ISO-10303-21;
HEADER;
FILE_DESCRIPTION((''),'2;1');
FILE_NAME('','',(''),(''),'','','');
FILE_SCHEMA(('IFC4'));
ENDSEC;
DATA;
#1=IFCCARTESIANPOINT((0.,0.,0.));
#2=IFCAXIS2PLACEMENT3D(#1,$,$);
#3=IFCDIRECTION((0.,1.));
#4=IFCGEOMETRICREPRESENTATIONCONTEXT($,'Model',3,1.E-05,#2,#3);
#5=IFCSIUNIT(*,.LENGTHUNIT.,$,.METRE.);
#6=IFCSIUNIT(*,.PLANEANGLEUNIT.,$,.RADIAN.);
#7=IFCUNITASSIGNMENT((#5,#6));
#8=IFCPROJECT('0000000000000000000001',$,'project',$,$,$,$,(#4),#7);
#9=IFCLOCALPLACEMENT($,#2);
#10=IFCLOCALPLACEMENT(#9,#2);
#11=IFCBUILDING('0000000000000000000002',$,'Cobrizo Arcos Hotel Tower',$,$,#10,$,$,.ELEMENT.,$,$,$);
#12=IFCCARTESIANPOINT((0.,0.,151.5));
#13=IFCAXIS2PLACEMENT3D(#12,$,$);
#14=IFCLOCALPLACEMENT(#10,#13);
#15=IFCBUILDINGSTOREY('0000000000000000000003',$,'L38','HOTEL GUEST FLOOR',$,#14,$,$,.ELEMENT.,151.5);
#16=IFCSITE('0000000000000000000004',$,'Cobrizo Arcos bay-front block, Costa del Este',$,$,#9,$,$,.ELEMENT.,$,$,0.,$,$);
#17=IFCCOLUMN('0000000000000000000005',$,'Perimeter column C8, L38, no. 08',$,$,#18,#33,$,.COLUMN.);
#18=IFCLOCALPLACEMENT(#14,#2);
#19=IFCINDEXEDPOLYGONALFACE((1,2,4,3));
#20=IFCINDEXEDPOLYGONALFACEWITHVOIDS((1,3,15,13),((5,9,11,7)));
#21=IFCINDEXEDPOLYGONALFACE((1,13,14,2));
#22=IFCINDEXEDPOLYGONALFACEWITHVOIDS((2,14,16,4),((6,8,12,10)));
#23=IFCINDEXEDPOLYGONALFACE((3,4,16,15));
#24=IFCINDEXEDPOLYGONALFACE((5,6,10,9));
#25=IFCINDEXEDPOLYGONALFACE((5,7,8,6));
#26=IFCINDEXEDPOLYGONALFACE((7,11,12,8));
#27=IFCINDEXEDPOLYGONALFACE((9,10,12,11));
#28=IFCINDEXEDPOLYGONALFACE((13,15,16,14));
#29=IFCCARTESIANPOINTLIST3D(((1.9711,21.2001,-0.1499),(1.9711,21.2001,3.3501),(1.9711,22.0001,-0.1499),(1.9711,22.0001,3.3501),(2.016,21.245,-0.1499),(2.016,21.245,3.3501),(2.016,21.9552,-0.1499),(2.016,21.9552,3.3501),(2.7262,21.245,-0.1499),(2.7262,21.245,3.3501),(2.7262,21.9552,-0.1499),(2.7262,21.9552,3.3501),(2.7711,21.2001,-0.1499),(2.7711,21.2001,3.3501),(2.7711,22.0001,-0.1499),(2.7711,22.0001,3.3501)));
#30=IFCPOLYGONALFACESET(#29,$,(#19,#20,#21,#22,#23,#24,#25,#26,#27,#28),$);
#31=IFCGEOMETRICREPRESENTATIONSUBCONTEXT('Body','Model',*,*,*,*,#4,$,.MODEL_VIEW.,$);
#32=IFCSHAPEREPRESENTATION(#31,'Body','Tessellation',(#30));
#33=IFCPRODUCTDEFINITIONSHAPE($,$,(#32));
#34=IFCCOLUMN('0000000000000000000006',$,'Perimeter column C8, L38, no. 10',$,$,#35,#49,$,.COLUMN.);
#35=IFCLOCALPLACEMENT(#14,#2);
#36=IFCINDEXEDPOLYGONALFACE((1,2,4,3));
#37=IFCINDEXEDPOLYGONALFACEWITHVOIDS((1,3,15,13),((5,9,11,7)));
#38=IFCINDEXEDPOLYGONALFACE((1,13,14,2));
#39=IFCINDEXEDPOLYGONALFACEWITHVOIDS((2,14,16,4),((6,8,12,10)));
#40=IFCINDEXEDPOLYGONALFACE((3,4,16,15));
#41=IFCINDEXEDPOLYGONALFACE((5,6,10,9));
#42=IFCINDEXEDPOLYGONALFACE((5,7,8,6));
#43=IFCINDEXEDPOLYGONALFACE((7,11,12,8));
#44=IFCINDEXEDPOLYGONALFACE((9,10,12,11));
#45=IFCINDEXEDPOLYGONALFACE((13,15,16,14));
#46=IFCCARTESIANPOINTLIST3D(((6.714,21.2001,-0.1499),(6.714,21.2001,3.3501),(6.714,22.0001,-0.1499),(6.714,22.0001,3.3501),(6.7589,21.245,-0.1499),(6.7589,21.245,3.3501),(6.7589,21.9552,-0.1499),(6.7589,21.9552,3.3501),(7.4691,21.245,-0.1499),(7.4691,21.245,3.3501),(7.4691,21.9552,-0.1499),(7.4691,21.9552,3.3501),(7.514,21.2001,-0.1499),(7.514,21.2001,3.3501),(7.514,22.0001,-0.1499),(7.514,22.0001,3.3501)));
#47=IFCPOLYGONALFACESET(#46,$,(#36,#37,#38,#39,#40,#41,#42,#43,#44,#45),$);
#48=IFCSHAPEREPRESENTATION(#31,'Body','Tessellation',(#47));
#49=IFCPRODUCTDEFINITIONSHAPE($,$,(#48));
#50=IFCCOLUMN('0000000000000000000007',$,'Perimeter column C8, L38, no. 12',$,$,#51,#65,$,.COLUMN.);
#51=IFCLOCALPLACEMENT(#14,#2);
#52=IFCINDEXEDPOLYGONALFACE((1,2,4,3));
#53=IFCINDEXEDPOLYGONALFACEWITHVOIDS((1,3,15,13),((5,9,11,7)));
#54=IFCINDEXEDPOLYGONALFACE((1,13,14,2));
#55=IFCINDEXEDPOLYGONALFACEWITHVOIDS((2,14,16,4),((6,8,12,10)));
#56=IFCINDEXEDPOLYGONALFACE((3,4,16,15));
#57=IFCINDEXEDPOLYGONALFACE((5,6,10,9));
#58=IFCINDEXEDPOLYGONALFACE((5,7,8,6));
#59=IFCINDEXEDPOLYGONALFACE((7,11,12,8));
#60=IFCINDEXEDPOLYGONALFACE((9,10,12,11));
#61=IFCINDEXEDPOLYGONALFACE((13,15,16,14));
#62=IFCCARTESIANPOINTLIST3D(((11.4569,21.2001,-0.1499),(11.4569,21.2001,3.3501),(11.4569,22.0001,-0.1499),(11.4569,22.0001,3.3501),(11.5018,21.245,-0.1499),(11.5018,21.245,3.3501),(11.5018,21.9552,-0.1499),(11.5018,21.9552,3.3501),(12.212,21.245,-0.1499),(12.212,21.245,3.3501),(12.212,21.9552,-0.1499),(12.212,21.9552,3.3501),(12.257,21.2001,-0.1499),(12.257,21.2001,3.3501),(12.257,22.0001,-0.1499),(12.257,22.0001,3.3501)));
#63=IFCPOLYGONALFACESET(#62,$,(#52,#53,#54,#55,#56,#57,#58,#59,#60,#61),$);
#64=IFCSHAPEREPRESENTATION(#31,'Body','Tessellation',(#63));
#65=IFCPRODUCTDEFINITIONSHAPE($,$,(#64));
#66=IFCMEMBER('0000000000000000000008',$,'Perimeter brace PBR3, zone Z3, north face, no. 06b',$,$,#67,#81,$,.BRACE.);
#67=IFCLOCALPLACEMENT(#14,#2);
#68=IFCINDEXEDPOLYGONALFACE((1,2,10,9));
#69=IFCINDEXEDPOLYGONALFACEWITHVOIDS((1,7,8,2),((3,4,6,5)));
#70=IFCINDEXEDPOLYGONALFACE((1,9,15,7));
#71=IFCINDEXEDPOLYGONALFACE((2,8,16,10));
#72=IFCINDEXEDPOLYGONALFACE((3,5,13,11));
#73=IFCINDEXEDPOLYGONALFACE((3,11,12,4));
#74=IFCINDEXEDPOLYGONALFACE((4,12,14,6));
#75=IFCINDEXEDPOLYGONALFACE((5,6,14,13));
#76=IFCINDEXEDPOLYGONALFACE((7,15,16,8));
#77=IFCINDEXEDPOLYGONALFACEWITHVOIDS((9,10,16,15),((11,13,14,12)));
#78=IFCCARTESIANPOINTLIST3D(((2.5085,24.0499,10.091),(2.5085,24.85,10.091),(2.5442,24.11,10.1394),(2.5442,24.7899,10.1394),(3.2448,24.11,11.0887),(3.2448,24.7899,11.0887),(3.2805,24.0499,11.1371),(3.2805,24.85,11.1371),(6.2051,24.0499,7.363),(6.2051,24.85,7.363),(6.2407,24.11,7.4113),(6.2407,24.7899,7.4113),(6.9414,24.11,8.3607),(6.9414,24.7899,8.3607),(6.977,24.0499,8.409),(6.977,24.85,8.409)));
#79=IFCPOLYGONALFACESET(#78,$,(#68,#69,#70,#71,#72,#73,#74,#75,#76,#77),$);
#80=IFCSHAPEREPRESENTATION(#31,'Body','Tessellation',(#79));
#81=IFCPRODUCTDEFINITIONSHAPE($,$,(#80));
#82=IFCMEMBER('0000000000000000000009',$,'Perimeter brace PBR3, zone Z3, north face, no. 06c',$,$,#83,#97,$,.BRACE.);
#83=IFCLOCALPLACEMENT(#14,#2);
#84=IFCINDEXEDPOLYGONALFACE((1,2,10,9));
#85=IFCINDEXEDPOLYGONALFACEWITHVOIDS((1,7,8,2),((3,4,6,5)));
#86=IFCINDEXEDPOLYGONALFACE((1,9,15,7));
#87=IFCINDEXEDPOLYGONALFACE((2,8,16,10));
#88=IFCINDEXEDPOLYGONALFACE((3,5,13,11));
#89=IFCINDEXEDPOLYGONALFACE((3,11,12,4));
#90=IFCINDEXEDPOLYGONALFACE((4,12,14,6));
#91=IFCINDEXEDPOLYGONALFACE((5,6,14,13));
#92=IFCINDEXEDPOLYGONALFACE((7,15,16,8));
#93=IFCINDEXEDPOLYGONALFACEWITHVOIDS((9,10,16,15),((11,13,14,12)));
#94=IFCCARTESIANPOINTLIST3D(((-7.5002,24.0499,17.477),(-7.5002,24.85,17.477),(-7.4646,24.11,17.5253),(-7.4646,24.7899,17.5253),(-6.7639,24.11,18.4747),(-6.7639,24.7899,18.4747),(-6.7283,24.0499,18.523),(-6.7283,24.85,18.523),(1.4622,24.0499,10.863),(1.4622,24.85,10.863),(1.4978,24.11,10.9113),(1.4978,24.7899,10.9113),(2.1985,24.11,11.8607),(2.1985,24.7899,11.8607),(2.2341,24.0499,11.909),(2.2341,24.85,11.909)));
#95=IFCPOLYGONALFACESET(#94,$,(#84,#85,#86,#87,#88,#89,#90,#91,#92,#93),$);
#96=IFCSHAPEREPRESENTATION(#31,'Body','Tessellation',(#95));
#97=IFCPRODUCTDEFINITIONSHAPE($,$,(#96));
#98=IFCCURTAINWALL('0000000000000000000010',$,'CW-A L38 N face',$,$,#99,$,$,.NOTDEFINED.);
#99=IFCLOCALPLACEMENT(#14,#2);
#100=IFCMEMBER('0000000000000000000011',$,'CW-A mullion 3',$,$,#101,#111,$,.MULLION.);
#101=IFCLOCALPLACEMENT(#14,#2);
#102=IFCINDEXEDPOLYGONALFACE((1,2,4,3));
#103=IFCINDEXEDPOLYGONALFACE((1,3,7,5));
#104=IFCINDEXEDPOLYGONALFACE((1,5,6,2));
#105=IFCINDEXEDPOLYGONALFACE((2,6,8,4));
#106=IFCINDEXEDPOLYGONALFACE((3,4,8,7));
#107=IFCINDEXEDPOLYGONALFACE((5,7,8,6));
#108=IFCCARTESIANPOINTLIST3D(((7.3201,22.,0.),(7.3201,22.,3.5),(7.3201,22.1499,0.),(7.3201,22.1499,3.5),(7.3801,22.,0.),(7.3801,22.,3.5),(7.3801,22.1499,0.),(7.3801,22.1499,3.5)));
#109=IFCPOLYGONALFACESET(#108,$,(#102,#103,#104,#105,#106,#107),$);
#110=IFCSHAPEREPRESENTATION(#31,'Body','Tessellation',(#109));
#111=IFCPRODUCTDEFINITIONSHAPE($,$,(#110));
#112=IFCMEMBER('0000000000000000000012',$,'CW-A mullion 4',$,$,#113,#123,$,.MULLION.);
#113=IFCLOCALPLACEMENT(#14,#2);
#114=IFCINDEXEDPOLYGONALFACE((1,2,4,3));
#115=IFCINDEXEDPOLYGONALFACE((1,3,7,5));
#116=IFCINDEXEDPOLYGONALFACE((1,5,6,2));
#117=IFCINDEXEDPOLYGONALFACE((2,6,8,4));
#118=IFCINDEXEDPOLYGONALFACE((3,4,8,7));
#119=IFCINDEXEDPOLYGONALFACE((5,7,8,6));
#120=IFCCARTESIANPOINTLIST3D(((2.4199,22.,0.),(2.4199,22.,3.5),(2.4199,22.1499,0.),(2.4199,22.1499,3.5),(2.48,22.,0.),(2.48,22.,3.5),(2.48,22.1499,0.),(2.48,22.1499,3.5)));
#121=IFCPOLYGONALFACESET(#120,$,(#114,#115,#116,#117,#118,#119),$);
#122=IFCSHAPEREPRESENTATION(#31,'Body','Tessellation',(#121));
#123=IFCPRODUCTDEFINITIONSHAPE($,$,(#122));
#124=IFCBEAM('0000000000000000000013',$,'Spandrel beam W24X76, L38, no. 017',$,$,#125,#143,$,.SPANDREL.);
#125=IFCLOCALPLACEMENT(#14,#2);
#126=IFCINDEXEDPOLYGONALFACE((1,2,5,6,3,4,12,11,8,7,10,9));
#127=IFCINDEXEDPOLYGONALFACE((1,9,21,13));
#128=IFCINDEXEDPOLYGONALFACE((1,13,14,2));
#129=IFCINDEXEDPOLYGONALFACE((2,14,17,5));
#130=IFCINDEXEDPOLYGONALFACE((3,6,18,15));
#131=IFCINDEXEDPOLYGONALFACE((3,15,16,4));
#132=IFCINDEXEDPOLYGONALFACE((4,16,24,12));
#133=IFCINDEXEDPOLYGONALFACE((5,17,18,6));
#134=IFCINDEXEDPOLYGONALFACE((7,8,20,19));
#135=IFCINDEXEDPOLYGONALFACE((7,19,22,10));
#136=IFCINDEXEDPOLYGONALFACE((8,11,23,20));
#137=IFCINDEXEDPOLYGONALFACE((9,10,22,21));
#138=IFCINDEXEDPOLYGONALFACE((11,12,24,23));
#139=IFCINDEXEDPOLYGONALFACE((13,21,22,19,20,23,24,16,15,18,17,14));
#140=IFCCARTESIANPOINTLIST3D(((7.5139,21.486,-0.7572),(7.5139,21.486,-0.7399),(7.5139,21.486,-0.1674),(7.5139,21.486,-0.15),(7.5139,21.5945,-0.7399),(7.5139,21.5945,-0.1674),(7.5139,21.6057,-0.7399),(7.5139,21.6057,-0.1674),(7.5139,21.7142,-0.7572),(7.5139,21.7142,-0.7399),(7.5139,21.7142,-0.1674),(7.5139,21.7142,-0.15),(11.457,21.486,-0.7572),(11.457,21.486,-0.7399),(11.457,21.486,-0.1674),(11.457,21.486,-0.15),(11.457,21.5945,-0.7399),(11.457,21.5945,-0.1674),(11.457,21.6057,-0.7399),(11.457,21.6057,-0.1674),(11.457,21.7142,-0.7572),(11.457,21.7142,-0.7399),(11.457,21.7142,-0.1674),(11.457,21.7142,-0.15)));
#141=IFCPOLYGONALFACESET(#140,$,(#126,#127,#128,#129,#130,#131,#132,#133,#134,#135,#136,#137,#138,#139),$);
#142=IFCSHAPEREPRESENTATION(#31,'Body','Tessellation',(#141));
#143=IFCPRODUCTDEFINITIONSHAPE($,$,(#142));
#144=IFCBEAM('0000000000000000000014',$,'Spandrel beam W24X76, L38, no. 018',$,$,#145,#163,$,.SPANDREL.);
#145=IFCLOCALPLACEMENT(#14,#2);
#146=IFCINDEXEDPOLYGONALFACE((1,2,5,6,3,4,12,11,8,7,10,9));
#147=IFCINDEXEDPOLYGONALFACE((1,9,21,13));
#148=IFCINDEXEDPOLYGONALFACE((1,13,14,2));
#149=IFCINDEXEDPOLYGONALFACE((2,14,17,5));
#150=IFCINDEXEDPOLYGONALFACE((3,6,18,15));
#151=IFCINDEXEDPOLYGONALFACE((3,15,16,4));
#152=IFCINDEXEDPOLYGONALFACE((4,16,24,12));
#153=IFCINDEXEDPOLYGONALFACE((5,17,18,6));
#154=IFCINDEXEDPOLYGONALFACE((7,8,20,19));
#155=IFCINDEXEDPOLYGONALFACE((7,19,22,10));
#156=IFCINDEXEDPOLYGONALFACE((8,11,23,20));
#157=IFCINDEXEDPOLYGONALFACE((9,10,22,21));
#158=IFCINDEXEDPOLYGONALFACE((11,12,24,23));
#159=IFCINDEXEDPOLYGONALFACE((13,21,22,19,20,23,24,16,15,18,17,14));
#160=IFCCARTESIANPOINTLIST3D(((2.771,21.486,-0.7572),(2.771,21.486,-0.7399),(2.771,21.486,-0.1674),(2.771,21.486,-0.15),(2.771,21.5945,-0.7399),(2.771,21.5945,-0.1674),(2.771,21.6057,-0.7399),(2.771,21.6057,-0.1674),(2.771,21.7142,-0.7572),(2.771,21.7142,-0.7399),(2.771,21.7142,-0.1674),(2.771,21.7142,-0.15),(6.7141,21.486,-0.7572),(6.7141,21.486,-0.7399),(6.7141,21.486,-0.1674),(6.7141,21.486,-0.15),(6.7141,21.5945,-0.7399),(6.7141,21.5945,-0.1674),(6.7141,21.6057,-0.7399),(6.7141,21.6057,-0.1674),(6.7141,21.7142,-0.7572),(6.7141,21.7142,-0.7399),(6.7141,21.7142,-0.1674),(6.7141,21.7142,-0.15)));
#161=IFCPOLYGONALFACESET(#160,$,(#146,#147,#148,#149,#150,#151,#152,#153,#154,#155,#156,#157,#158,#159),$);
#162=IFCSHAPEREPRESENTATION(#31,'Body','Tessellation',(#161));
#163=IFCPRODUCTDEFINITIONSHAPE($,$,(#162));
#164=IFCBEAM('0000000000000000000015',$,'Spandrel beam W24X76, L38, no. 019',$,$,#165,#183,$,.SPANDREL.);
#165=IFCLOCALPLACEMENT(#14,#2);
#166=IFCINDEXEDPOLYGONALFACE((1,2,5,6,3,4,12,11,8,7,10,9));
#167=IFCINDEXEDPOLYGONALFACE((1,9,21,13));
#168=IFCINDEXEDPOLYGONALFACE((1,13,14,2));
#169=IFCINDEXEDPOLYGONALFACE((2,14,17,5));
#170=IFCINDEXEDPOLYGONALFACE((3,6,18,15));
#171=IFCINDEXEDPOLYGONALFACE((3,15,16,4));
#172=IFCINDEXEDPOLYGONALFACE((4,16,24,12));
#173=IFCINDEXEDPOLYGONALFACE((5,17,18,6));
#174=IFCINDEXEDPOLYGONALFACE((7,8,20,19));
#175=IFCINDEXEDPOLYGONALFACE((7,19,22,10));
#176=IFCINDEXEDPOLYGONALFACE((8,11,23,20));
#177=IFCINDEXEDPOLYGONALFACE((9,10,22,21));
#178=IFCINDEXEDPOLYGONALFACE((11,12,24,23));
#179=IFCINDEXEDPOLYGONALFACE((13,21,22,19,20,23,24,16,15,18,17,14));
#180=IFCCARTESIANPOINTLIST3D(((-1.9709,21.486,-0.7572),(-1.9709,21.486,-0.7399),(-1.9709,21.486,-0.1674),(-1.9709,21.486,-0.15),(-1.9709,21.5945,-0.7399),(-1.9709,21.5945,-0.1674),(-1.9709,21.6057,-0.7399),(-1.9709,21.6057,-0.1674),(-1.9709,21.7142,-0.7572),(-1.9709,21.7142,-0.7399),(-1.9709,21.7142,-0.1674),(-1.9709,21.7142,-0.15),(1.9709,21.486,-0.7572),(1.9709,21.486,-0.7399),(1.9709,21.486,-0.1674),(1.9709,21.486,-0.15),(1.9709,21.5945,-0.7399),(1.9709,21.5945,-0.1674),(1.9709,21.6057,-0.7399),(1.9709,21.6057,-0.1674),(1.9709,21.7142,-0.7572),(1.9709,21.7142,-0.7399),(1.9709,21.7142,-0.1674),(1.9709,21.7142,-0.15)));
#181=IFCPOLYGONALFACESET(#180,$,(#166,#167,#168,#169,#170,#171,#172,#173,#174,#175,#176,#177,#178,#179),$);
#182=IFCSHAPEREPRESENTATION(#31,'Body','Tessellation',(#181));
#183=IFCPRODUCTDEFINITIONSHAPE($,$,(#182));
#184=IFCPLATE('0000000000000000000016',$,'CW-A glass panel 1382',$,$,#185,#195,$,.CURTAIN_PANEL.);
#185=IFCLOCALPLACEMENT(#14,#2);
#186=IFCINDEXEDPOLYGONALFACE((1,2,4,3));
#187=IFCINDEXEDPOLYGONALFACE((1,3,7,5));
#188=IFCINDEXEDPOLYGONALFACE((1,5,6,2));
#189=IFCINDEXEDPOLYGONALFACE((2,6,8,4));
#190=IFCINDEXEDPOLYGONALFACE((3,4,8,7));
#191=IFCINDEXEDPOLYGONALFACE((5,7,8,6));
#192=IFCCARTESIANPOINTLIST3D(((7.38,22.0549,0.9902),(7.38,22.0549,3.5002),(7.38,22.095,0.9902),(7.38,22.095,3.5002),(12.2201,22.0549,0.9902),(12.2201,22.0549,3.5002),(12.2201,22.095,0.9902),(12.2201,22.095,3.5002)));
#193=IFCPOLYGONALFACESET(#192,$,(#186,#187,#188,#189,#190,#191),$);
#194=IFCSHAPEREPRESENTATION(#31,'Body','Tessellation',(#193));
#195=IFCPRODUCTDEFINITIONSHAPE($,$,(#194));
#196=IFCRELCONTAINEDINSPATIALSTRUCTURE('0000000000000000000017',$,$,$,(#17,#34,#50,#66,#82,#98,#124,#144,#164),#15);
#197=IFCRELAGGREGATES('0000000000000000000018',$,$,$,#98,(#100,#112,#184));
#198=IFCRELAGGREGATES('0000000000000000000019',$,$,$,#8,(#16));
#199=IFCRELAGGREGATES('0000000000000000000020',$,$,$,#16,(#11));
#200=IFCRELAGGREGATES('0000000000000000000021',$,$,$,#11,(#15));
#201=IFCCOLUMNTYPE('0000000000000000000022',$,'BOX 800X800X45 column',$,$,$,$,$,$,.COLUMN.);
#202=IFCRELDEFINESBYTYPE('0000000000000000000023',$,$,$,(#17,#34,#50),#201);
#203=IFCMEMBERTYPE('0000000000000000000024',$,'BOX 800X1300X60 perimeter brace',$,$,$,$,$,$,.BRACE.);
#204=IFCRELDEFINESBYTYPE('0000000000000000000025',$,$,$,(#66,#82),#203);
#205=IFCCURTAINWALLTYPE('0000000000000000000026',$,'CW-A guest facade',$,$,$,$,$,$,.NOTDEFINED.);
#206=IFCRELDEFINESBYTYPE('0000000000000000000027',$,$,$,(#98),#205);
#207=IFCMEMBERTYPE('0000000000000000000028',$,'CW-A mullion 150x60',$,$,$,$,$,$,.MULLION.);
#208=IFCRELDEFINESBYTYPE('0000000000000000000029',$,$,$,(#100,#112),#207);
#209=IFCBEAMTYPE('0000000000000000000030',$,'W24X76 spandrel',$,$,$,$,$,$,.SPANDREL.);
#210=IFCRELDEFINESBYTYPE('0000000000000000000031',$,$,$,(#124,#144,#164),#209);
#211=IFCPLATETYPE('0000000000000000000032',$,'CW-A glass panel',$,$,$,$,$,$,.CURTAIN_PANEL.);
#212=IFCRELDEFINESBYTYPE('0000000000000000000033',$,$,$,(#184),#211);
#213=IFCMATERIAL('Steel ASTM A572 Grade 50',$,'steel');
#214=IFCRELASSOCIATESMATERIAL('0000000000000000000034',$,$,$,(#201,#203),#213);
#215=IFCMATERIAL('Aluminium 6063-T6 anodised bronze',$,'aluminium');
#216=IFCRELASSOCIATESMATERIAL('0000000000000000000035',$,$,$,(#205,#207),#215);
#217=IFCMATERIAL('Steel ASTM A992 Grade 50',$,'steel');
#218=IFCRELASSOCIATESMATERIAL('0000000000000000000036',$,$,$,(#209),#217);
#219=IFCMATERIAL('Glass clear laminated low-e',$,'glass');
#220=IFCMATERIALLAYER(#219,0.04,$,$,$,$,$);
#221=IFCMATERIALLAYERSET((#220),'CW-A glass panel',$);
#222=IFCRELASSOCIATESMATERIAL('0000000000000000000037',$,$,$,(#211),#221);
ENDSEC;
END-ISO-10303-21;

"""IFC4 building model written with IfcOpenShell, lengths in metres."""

from ifc_helpers import new_model, si_unit, direction, frame, origin, origin_2d, place, context, subcontext, project, spatial, rectangle, hollow_rectangle, i_section, extrude, material, layer, layer_set, material_profile, profile_set, type_object, element, aggregate, save


model = new_model("IFC4")

# Units and contexts
model_context = context("Model", 3, precision=1e-05, world=origin(), true_north=direction((0.0, 1.0)))
body_context = subcontext(model_context, "Body", "Model", "MODEL_VIEW")
ifc_project = project(units=[si_unit("LENGTHUNIT", "METRE"), si_unit("PLANEANGLEUNIT", "RADIAN")], contexts=[model_context])

# Site, building, storey
site_placement = place(None, origin())
site = spatial("IfcSite", under=ifc_project, at=site_placement, Name="Cobrizo Arcos bay-front block, Costa del Este", CompositionType="ELEMENT", RefElevation=0.0)
building_placement = place(site_placement, origin())
building = spatial("IfcBuilding", under=site, at=building_placement, Name="Cobrizo Arcos Hotel Tower", CompositionType="ELEMENT")
storey_placement = place(building_placement, frame((0.0, 0.0, 151.5)))
storey = spatial("IfcBuildingStorey", under=building, at=storey_placement, Name="L38", Description="HOTEL GUEST FLOOR", CompositionType="ELEMENT", Elevation=151.5)

# Columns
ifc_material_1 = material(Name="Steel ASTM A572 Grade 50", Category="steel")
ifc_material_profile_1 = material_profile(ifc_material_1, hollow_rectangle(XDim=0.8, YDim=0.8, WallThickness=0.0449, at=origin_2d()), Name="BOX 800X800X45")
ifc_profile_set_1 = profile_set([ifc_material_profile_1], Name="Steel ASTM A572 Grade 50")
column_type = type_object("IfcColumnType", Name="BOX 800X800X45 column", PredefinedType="COLUMN", material=ifc_profile_set_1)
for number, where, z_axis, x_axis, name in (
    (1, (2.3711, 21.6001, -0.1499), (0.0, 0.0, 1.0), (1.0, 0.0, 0.0), "Perimeter column C8, L38, no. 08"),
    (2, (7.114, 21.6001, -0.1499), (0.0, 0.0, 1.0), (1.0, 0.0, 0.0), "Perimeter column C8, L38, no. 10"),
    (3, (11.8569, 21.6001, -0.1499), (0.0, 0.0, 1.0), (1.0, 0.0, 0.0), "Perimeter column C8, L38, no. 12"),
):
    element("IfcColumn", number, at=place(storey_placement, frame(where, z_axis=z_axis, x_axis=x_axis)), inside=storey, type_object=column_type, Name=name, PredefinedType="COLUMN", context=body_context, shape_type="SweptSolid", body=[
        extrude(hollow_rectangle(XDim=0.8, YDim=0.8, WallThickness=0.0449, at=origin_2d()), origin(), (0.0, 0.0, 1.0), 3.5),
    ])

# Members
ifc_material_profile_2 = material_profile(ifc_material_1, hollow_rectangle(XDim=0.8, YDim=1.3, WallThickness=0.0601, at=origin_2d()), Name="BOX 800X1300X60")
ifc_profile_set_2 = profile_set([ifc_material_profile_2], Name="Steel ASTM A572 Grade 50")
member_type_1 = type_object("IfcMemberType", Name="BOX 800X1300X60 perimeter brace", PredefinedType="BRACE", material=ifc_profile_set_2)
member_1_placement = place(storey_placement, frame((6.5911, 24.45, 7.886), z_axis=(-0.804612, 0.0, 0.593801), x_axis=(0.0, -1.0, 0.0)))
element("IfcMember", 4, at=member_1_placement, inside=storey, type_object=member_type_1, Name="Perimeter brace PBR3, zone Z3, north face, no. 06b", PredefinedType="BRACE", context=body_context, shape_type="SweptSolid", body=[
    extrude(hollow_rectangle(XDim=0.8, YDim=1.3, WallThickness=0.0601, at=origin_2d()), origin(), (0.0, 0.0, 1.0), 4.5942),
])
member_2_placement = place(storey_placement, frame((1.8481, 24.45, 11.386), z_axis=(-0.804621, 0.0, 0.593789), x_axis=(0.0, -1.0, 0.0)))
element("IfcMember", 5, at=member_2_placement, inside=storey, type_object=member_type_1, Name="Perimeter brace PBR3, zone Z3, north face, no. 06c", PredefinedType="BRACE", context=body_context, shape_type="SweptSolid", body=[
    extrude(hollow_rectangle(XDim=0.8, YDim=1.3, WallThickness=0.0601, at=origin_2d()), origin(), (0.0, 0.0, 1.0), 11.1387),
])

# Curtain wall, members
ifc_material_2 = material(Name="Aluminium 6063-T6 anodised bronze", Category="aluminium")
curtain_wall_type = type_object("IfcCurtainWallType", Name="CW-A guest facade", PredefinedType="NOTDEFINED", material=ifc_material_2)
curtain_wall_placement = place(storey_placement, origin())
curtain_wall = element("IfcCurtainWall", 6, at=curtain_wall_placement, inside=storey, type_object=curtain_wall_type, Name="CW-A L38 N face", PredefinedType="NOTDEFINED")
ifc_material_profile_3 = material_profile(ifc_material_2, rectangle(XDim=0.1499, YDim=0.0601, at=origin_2d()), Name="CW-A mullion 150x60")
ifc_profile_set_3 = profile_set([ifc_material_profile_3], Name="Aluminium 6063-T6 anodised bronze")
member_type_2 = type_object("IfcMemberType", Name="CW-A mullion 150x60", PredefinedType="MULLION", material=ifc_profile_set_3)
member_3_placement = place(storey_placement, frame((7.3501, 22.075, 0.0), z_axis=(0.0, 0.0, 1.0), x_axis=(0.0, 1.0, 0.0)))
member_3 = element("IfcMember", 7, at=member_3_placement, type_object=member_type_2, Name="CW-A mullion 3", PredefinedType="MULLION", context=body_context, shape_type="SweptSolid", body=[
    extrude(rectangle(XDim=0.1499, YDim=0.0601, at=origin_2d()), origin(), (0.0, 0.0, 1.0), 3.5),
])
member_4_placement = place(storey_placement, frame((2.45, 22.075, 0.0), z_axis=(0.0, 0.0, 1.0), x_axis=(0.0, 1.0, 0.0)))
member_4 = element("IfcMember", 8, at=member_4_placement, type_object=member_type_2, Name="CW-A mullion 4", PredefinedType="MULLION", context=body_context, shape_type="SweptSolid", body=[
    extrude(rectangle(XDim=0.1499, YDim=0.0601, at=origin_2d()), origin(), (0.0, 0.0, 1.0), 3.5),
])

# Beams
ifc_material_3 = material(Name="Steel ASTM A992 Grade 50", Category="steel")
ifc_material_profile_4 = material_profile(ifc_material_3, i_section(OverallWidth=0.2283, OverallDepth=0.6072, WebThickness=0.0112, FlangeThickness=0.0173, at=origin_2d()), Name="W24X76")
ifc_profile_set_4 = profile_set([ifc_material_profile_4], Name="Steel ASTM A992 Grade 50")
beam_type = type_object("IfcBeamType", Name="W24X76 spandrel", PredefinedType="SPANDREL", material=ifc_profile_set_4)
for number, where, z_axis, x_axis, name in (
    (9, (11.457, 21.6001, -0.4536), (-1.0, 0.0, 0.0), (0.0, -1.0, 0.0), "Spandrel beam W24X76, L38, no. 017"),
    (10, (6.7141, 21.6001, -0.4536), (-1.0, 0.0, 0.0), (0.0, -1.0, 0.0), "Spandrel beam W24X76, L38, no. 018"),
):
    element("IfcBeam", number, at=place(storey_placement, frame(where, z_axis=z_axis, x_axis=x_axis)), inside=storey, type_object=beam_type, Name=name, PredefinedType="SPANDREL", context=body_context, shape_type="SweptSolid", body=[
        extrude(i_section(OverallWidth=0.2283, OverallDepth=0.6072, WebThickness=0.0112, FlangeThickness=0.0173, at=origin_2d()), origin(), (0.0, 0.0, 1.0), 3.9431),
    ])
beam_placement = place(storey_placement, frame((1.9709, 21.6001, -0.4536), z_axis=(-1.0, 0.0, 0.0), x_axis=(0.0, -1.0, 0.0)))
element("IfcBeam", 11, at=beam_placement, inside=storey, type_object=beam_type, Name="Spandrel beam W24X76, L38, no. 019", PredefinedType="SPANDREL", context=body_context, shape_type="SweptSolid", body=[
    extrude(i_section(OverallWidth=0.2283, OverallDepth=0.6072, WebThickness=0.0112, FlangeThickness=0.0173, at=origin_2d()), origin(), (0.0, 0.0, 1.0), 3.9419),
])

# Plate
ifc_material_4 = material(Name="Glass clear laminated low-e", Category="glass")
ifc_layer_1 = layer(ifc_material_4, 0.04)
ifc_layer_set_1 = layer_set([ifc_layer_1], Name="CW-A glass panel")
plate_type_1 = type_object("IfcPlateType", Name="CW-A glass panel", PredefinedType="CURTAIN_PANEL", material=ifc_layer_set_1)
plate_1_placement = place(storey_placement, frame((9.8, 22.075, 0.9902), z_axis=(0.0, 0.0, 1.0), x_axis=(-1.0, 0.0, 0.0)))
plate_1 = element("IfcPlate", 12, at=plate_1_placement, type_object=plate_type_1, Name="CW-A glass panel 1382", PredefinedType="CURTAIN_PANEL", context=body_context, shape_type="SweptSolid", body=[
    extrude(rectangle(XDim=4.8401, YDim=0.04, at=origin_2d()), origin(), (0.0, 0.0, 1.0), 2.51),
])
aggregate(curtain_wall, [member_3, member_4, plate_1])

save(model, "model.ifc")
